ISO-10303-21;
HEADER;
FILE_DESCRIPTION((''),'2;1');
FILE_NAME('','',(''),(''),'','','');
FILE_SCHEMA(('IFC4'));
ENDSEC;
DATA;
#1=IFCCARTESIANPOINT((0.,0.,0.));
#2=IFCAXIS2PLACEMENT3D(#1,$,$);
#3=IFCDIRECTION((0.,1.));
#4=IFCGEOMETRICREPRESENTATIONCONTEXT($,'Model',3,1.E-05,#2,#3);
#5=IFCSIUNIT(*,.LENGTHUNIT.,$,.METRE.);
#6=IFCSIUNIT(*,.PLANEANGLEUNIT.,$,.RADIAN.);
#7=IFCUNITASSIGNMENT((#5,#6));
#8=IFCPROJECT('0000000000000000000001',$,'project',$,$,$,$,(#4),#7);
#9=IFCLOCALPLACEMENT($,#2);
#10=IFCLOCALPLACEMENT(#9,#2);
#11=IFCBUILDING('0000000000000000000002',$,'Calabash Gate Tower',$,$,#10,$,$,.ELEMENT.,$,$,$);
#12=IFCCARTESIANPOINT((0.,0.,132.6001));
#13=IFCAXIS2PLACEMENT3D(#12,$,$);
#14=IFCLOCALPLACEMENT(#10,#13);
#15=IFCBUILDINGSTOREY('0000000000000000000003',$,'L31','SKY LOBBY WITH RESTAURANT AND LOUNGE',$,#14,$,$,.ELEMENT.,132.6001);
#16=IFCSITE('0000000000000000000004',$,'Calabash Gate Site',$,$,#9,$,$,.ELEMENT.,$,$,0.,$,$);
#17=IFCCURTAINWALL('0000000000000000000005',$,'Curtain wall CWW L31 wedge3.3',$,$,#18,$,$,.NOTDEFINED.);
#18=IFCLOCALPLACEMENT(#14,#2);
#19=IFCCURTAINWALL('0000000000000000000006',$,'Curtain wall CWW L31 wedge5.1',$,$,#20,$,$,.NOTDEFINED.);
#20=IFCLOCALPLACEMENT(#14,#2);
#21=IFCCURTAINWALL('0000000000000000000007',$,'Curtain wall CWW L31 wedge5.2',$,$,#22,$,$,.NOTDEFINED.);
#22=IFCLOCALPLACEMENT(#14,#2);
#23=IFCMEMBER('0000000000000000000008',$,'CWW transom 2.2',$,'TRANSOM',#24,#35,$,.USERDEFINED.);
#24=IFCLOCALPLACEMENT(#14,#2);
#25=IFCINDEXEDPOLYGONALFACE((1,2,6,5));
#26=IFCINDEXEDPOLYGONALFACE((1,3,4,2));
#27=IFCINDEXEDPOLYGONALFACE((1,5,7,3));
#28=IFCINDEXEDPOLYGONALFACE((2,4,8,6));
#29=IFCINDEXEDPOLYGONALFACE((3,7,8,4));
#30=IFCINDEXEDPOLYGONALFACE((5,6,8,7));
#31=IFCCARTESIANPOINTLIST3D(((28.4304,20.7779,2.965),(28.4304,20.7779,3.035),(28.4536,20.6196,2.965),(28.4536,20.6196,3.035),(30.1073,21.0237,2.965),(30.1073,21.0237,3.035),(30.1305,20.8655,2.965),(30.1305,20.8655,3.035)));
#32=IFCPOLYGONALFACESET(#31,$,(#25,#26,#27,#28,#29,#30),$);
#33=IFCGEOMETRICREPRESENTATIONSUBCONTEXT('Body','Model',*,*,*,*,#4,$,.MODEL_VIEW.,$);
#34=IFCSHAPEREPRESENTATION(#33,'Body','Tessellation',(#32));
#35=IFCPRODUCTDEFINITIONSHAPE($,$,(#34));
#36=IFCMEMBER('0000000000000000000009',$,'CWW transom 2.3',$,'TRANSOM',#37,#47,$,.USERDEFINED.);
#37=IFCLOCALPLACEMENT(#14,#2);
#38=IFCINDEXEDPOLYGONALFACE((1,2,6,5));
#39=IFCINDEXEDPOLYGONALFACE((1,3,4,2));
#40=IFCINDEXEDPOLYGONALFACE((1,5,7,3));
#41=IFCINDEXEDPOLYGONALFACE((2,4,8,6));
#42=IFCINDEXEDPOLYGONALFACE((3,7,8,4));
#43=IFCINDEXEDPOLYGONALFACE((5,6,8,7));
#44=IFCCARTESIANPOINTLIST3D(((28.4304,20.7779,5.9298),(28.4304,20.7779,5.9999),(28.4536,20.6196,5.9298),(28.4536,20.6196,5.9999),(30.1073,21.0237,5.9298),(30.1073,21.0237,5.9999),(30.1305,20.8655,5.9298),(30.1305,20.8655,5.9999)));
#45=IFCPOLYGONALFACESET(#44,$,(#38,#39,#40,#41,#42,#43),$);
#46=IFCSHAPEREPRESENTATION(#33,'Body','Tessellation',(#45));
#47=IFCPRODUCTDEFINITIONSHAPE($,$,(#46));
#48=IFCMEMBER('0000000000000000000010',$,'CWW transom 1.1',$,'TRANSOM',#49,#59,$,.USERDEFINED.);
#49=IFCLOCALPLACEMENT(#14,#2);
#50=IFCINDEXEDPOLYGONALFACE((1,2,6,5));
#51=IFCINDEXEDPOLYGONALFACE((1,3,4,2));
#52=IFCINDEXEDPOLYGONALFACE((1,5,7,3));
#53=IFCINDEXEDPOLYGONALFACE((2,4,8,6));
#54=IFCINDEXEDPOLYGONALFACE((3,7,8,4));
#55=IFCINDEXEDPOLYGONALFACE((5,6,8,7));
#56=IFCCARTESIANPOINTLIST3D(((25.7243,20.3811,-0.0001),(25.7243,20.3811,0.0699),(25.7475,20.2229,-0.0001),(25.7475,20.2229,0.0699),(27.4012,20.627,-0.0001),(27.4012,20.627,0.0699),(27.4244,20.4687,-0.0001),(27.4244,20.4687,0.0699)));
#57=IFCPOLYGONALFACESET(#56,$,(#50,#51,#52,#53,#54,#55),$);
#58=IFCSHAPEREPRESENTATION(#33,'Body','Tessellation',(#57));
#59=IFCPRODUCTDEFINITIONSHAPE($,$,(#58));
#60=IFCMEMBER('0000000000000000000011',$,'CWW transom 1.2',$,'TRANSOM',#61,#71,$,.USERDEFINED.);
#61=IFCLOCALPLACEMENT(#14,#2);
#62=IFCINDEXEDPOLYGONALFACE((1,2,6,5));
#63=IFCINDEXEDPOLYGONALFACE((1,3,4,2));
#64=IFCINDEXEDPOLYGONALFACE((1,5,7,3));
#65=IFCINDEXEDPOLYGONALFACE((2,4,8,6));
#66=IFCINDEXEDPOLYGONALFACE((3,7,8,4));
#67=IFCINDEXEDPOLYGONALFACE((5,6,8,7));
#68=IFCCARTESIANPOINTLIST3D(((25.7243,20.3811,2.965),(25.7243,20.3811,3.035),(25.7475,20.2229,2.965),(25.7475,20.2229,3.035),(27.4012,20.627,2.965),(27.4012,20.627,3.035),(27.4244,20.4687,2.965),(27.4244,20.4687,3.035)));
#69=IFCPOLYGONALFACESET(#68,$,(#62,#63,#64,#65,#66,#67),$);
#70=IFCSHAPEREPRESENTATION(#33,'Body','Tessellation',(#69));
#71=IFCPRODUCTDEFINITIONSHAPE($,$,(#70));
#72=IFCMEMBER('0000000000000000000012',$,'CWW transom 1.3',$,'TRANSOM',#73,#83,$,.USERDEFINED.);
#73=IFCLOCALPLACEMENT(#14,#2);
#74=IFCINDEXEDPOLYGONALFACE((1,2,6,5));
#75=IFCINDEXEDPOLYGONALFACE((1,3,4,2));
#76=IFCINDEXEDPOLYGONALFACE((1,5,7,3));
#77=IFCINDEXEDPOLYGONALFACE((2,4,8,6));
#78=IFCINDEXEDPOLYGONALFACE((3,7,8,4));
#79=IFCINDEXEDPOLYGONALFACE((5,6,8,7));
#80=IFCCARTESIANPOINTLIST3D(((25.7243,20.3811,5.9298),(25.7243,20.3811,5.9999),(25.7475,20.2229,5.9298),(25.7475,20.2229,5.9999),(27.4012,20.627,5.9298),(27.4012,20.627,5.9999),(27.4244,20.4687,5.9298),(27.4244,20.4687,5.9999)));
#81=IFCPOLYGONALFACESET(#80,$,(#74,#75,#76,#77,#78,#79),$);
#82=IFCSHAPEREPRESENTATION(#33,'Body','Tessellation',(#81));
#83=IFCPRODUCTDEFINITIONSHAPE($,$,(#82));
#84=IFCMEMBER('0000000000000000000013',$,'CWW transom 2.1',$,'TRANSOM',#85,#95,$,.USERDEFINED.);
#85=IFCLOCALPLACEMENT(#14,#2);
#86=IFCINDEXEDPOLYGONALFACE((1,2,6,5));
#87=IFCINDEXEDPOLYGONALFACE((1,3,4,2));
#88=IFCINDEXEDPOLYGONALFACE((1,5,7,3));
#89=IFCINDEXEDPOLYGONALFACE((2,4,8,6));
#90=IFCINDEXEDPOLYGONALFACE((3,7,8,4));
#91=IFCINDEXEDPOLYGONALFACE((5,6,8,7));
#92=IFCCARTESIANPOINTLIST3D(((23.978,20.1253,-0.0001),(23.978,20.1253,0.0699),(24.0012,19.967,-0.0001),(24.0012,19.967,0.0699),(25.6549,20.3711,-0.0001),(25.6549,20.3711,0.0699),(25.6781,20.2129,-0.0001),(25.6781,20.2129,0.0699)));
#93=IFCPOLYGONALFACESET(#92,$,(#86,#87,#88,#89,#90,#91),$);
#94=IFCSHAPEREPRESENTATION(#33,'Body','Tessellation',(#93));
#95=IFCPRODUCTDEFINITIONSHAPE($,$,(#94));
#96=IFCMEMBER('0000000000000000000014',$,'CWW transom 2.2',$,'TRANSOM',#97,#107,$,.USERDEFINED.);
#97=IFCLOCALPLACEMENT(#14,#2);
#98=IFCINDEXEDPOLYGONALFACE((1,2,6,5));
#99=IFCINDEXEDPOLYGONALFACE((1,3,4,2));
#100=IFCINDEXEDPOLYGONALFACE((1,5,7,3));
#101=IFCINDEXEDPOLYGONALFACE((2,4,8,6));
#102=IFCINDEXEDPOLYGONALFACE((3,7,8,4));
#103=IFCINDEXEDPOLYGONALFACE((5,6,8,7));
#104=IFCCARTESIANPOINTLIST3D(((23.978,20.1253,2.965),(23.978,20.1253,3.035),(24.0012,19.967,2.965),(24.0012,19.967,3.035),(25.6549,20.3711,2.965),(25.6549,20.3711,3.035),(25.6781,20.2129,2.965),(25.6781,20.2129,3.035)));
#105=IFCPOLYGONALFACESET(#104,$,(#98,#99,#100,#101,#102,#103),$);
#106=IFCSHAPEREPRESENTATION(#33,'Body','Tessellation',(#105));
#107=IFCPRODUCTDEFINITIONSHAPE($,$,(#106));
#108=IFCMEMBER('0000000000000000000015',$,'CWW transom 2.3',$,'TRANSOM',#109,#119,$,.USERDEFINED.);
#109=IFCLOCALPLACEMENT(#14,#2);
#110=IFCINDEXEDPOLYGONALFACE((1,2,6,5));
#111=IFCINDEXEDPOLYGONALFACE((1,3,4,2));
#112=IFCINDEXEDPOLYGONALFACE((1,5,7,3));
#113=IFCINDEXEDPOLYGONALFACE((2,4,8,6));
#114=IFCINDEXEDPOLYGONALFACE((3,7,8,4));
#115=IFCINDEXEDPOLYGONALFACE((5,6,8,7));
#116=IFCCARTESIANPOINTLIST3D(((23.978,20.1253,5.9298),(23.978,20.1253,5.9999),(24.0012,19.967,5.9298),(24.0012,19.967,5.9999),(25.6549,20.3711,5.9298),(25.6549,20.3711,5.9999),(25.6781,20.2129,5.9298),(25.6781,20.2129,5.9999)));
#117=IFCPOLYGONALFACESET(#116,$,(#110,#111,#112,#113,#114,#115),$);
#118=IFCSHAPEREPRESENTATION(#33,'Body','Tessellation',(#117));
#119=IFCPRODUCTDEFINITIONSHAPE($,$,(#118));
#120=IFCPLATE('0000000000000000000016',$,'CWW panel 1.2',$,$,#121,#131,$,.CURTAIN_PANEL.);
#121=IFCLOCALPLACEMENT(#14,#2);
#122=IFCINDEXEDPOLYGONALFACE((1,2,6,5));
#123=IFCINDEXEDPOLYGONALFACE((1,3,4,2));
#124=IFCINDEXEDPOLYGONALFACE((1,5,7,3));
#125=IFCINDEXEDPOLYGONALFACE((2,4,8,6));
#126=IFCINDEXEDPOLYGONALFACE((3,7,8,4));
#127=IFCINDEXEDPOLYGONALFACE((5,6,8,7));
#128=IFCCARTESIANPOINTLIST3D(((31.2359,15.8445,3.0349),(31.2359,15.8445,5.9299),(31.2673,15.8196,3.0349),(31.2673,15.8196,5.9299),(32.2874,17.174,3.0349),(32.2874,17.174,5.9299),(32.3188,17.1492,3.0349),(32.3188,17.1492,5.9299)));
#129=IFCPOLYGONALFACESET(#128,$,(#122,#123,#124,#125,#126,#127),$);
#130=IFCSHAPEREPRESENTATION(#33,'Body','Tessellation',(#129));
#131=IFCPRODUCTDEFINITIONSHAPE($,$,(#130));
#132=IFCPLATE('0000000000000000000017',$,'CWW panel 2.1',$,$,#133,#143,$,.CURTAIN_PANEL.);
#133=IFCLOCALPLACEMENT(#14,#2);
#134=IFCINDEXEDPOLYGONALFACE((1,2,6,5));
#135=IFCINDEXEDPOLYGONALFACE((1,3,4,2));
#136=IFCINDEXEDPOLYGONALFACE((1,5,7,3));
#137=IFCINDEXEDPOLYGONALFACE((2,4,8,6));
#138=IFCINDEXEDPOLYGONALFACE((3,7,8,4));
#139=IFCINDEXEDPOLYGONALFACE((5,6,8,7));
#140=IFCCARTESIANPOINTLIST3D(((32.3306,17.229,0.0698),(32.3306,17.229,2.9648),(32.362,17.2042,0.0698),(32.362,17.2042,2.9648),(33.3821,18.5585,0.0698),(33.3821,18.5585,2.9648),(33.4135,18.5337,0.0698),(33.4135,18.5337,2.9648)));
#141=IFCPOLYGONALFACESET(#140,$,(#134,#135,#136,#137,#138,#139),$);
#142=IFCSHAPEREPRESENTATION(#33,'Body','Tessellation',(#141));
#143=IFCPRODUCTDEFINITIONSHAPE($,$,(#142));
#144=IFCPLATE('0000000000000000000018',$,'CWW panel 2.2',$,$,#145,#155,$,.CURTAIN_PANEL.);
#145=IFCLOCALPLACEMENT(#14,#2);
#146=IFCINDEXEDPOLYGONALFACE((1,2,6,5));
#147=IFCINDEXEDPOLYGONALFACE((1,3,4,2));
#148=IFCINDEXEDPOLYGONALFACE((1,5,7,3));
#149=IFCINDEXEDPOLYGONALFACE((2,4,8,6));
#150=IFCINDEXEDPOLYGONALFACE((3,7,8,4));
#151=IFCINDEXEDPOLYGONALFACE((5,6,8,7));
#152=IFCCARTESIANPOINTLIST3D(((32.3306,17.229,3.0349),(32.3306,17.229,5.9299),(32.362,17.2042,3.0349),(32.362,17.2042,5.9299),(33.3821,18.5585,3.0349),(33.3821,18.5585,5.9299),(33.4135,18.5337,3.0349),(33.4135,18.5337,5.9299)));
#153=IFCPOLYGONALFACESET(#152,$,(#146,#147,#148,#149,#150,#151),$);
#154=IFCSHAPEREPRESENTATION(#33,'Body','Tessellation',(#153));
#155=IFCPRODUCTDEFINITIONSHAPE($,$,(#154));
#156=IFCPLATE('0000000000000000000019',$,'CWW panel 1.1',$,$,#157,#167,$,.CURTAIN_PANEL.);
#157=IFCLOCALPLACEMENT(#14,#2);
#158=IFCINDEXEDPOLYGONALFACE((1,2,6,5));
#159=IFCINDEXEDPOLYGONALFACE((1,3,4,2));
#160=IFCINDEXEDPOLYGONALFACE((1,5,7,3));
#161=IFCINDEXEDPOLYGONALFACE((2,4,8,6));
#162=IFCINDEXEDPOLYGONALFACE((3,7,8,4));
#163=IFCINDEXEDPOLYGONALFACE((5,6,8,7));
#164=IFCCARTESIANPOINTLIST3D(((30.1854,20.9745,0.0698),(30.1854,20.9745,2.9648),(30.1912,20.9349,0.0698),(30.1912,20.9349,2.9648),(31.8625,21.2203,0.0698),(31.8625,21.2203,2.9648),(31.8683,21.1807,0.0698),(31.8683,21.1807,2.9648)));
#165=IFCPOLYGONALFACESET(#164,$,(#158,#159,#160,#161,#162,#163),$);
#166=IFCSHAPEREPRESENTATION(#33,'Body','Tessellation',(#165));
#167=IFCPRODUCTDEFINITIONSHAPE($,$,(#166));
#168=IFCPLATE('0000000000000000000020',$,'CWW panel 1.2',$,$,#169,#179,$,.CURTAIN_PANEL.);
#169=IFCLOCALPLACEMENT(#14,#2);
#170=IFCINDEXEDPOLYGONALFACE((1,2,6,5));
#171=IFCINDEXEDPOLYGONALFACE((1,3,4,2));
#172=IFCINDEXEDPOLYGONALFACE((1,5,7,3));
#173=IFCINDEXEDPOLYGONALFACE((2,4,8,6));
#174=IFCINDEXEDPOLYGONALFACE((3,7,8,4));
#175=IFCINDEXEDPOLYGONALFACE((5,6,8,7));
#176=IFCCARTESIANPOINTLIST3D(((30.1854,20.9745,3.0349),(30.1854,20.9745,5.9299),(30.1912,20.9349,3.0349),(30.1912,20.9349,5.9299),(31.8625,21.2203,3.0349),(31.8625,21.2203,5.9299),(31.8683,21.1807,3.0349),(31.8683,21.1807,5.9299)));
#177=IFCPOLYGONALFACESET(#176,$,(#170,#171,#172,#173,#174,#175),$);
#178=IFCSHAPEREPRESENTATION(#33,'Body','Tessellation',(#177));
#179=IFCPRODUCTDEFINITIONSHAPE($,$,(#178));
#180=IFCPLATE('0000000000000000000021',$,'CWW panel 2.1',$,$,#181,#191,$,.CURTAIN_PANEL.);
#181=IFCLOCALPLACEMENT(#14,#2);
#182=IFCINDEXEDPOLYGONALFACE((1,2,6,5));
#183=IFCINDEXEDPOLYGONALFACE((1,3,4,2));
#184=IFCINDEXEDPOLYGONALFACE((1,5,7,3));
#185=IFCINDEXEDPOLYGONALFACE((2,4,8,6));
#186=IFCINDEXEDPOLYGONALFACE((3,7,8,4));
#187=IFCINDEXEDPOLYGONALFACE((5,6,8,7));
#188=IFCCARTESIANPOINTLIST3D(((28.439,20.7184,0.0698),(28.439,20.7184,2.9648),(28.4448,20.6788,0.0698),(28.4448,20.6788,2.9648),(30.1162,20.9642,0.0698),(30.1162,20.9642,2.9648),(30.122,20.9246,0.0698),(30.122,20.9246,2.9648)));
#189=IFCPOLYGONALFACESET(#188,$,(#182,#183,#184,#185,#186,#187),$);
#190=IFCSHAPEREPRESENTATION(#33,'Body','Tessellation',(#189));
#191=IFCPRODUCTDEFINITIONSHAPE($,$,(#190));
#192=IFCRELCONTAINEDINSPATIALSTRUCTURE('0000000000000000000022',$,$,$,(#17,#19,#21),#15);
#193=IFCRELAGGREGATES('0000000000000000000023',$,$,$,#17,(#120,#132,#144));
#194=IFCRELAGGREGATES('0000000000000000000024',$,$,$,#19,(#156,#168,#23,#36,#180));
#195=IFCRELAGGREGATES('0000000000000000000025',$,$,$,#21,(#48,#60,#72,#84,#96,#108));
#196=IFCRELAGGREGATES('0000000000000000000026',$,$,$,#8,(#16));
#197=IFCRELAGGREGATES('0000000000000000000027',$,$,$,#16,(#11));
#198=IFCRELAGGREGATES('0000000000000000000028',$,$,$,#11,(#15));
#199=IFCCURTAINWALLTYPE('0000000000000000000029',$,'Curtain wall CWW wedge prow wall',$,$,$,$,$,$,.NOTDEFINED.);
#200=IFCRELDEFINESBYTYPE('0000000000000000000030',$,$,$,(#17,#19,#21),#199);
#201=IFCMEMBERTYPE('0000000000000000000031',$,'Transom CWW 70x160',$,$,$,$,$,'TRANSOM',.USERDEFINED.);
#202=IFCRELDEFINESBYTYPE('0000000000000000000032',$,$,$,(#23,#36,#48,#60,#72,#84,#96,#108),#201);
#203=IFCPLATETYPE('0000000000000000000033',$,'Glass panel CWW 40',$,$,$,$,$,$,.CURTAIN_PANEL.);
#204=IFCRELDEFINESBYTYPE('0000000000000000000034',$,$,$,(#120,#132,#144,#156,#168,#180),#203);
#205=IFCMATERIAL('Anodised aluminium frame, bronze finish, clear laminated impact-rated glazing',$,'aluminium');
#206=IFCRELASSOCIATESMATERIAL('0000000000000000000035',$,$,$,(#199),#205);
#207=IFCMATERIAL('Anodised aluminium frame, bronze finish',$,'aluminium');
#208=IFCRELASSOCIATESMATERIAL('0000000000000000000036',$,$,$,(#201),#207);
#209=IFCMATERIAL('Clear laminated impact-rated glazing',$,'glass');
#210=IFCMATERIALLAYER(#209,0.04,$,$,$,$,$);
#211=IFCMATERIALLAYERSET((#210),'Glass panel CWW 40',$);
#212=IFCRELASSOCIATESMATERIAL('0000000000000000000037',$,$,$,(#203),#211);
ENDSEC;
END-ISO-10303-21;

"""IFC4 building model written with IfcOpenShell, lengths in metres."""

from ifc_helpers import new_model, si_unit, direction, frame, origin, origin_2d, place, context, subcontext, project, spatial, rectangle, extrude, material, layer, layer_set, material_profile, profile_set, type_object, element, aggregate, save


model = new_model("IFC4")

# Units and contexts
model_context = context("Model", 3, precision=1e-05, world=origin(), true_north=direction((0.0, 1.0)))
body_context = subcontext(model_context, "Body", "Model", "MODEL_VIEW")
ifc_project = project(units=[si_unit("LENGTHUNIT", "METRE"), si_unit("PLANEANGLEUNIT", "RADIAN")], contexts=[model_context])

# Site, building, storey
site_placement = place(None, origin())
site = spatial("IfcSite", under=ifc_project, at=site_placement, Name="Calabash Gate Site", CompositionType="ELEMENT", RefElevation=0.0)
building_placement = place(site_placement, origin())
building = spatial("IfcBuilding", under=site, at=building_placement, Name="Calabash Gate Tower", CompositionType="ELEMENT")
storey_placement = place(building_placement, frame((0.0, 0.0, 132.6001)))
storey = spatial("IfcBuildingStorey", under=building, at=storey_placement, Name="L31", Description="SKY LOBBY WITH RESTAURANT AND LOUNGE", CompositionType="ELEMENT", Elevation=132.6001)

# Curtain walls
ifc_material_1 = material(Name="Anodised aluminium frame, bronze finish, clear laminated impact-rated glazing", Category="aluminium")
curtain_wall_type = type_object("IfcCurtainWallType", Name="Curtain wall CWW wedge prow wall", PredefinedType="NOTDEFINED", material=ifc_material_1)
curtain_wall_1_placement = place(storey_placement, origin())
curtain_wall_1 = element("IfcCurtainWall", 1, at=curtain_wall_1_placement, inside=storey, type_object=curtain_wall_type, Name="Curtain wall CWW L31 wedge3.3", PredefinedType="NOTDEFINED")
curtain_wall_2_placement = place(storey_placement, origin())
curtain_wall_2 = element("IfcCurtainWall", 2, at=curtain_wall_2_placement, inside=storey, type_object=curtain_wall_type, Name="Curtain wall CWW L31 wedge5.1", PredefinedType="NOTDEFINED")
curtain_wall_3_placement = place(storey_placement, origin())
curtain_wall_3 = element("IfcCurtainWall", 3, at=curtain_wall_3_placement, inside=storey, type_object=curtain_wall_type, Name="Curtain wall CWW L31 wedge5.2", PredefinedType="NOTDEFINED")

# Members
ifc_material_2 = material(Name="Anodised aluminium frame, bronze finish", Category="aluminium")
ifc_material_profile_1 = material_profile(ifc_material_2, rectangle(XDim=0.1599, YDim=0.0701, at=origin_2d()))
ifc_profile_set_1 = profile_set([ifc_material_profile_1], Name="Anodised aluminium frame, bronze finish")
member_type_1 = type_object("IfcMemberType", Name="Transom CWW 70x160", ElementType="TRANSOM", PredefinedType="USERDEFINED", material=ifc_profile_set_1)
member_1_placement = place(storey_placement, frame((30.1189, 20.9446, 3.0), z_axis=(-0.989424, -0.14505, 0.0), x_axis=(0.14505, -0.989424, 0.0)))
member_1 = element("IfcMember", 4, at=member_1_placement, type_object=member_type_1, Name="CWW transom 2.2", ObjectType="TRANSOM", PredefinedType="USERDEFINED", context=body_context, shape_type="SweptSolid", body=[
    extrude(rectangle(XDim=0.1599, YDim=0.0701, at=origin_2d()), origin(), (0.0, 0.0, 1.0), 1.6948),
])
member_2_placement = place(storey_placement, frame((30.1189, 20.9446, 5.9648), z_axis=(-0.989424, -0.14505, 0.0), x_axis=(0.14505, -0.989424, 0.0)))
member_2 = element("IfcMember", 5, at=member_2_placement, type_object=member_type_1, Name="CWW transom 2.3", ObjectType="TRANSOM", PredefinedType="USERDEFINED", context=body_context, shape_type="SweptSolid", body=[
    extrude(rectangle(XDim=0.1599, YDim=0.0701, at=origin_2d()), origin(), (0.0, 0.0, 1.0), 1.6948),
])
member_3_placement = place(storey_placement, frame((27.4128, 20.5479, 0.0349), z_axis=(-0.989424, -0.14505, 0.0), x_axis=(0.14505, -0.989424, 0.0)))
member_3 = element("IfcMember", 6, at=member_3_placement, type_object=member_type_1, Name="CWW transom 1.1", ObjectType="TRANSOM", PredefinedType="USERDEFINED", context=body_context, shape_type="SweptSolid", body=[
    extrude(rectangle(XDim=0.1599, YDim=0.0701, at=origin_2d()), origin(), (0.0, 0.0, 1.0), 1.6948),
])
member_4_placement = place(storey_placement, frame((27.4128, 20.5479, 3.0), z_axis=(-0.989424, -0.14505, 0.0), x_axis=(0.14505, -0.989424, 0.0)))
member_4 = element("IfcMember", 7, at=member_4_placement, type_object=member_type_1, Name="CWW transom 1.2", ObjectType="TRANSOM", PredefinedType="USERDEFINED", context=body_context, shape_type="SweptSolid", body=[
    extrude(rectangle(XDim=0.1599, YDim=0.0701, at=origin_2d()), origin(), (0.0, 0.0, 1.0), 1.6948),
])
member_5_placement = place(storey_placement, frame((27.4128, 20.5479, 5.9648), z_axis=(-0.989424, -0.14505, 0.0), x_axis=(0.14505, -0.989424, 0.0)))
member_5 = element("IfcMember", 8, at=member_5_placement, type_object=member_type_1, Name="CWW transom 1.3", ObjectType="TRANSOM", PredefinedType="USERDEFINED", context=body_context, shape_type="SweptSolid", body=[
    extrude(rectangle(XDim=0.1599, YDim=0.0701, at=origin_2d()), origin(), (0.0, 0.0, 1.0), 1.6948),
])
member_6_placement = place(storey_placement, frame((25.6665, 20.292, 0.0349), z_axis=(-0.989424, -0.14505, 0.0), x_axis=(0.14505, -0.989424, 0.0)))
member_6 = element("IfcMember", 9, at=member_6_placement, type_object=member_type_1, Name="CWW transom 2.1", ObjectType="TRANSOM", PredefinedType="USERDEFINED", context=body_context, shape_type="SweptSolid", body=[
    extrude(rectangle(XDim=0.1599, YDim=0.0701, at=origin_2d()), origin(), (0.0, 0.0, 1.0), 1.6948),
])
member_7_placement = place(storey_placement, frame((25.6665, 20.292, 3.0), z_axis=(-0.989424, -0.14505, 0.0), x_axis=(0.14505, -0.989424, 0.0)))
member_7 = element("IfcMember", 10, at=member_7_placement, type_object=member_type_1, Name="CWW transom 2.2", ObjectType="TRANSOM", PredefinedType="USERDEFINED", context=body_context, shape_type="SweptSolid", body=[
    extrude(rectangle(XDim=0.1599, YDim=0.0701, at=origin_2d()), origin(), (0.0, 0.0, 1.0), 1.6948),
])
member_8_placement = place(storey_placement, frame((25.6665, 20.292, 5.9648), z_axis=(-0.989424, -0.14505, 0.0), x_axis=(0.14505, -0.989424, 0.0)))
member_8 = element("IfcMember", 11, at=member_8_placement, type_object=member_type_1, Name="CWW transom 2.3", ObjectType="TRANSOM", PredefinedType="USERDEFINED", context=body_context, shape_type="SweptSolid", body=[
    extrude(rectangle(XDim=0.1599, YDim=0.0701, at=origin_2d()), origin(), (0.0, 0.0, 1.0), 1.6948),
])

# Plates
ifc_material_3 = material(Name="Clear laminated impact-rated glazing", Category="glass")
ifc_layer_1 = layer(ifc_material_3, 0.04)
ifc_layer_set_1 = layer_set([ifc_layer_1], Name="Glass panel CWW 40")
plate_type = type_object("IfcPlateType", Name="Glass panel CWW 40", PredefinedType="CURTAIN_PANEL", material=ifc_layer_set_1)
plate_1_placement = place(storey_placement, frame((31.7773, 16.4968, 3.0349), z_axis=(0.0, 0.0, 1.0), x_axis=(0.620301, 0.784364, 0.0)))
plate_1 = element("IfcPlate", 12, at=plate_1_placement, type_object=plate_type, Name="CWW panel 1.2", PredefinedType="CURTAIN_PANEL", context=body_context, shape_type="SweptSolid", body=[
    extrude(rectangle(XDim=1.6951, YDim=0.04, at=origin_2d()), origin(), (0.0, 0.0, 1.0), 2.895),
])
plate_2_placement = place(storey_placement, frame((32.8721, 17.8813, 0.0698), z_axis=(0.0, 0.0, 1.0), x_axis=(0.620301, 0.784364, 0.0)))
plate_2 = element("IfcPlate", 13, at=plate_2_placement, type_object=plate_type, Name="CWW panel 2.1", PredefinedType="CURTAIN_PANEL", context=body_context, shape_type="SweptSolid", body=[
    extrude(rectangle(XDim=1.6951, YDim=0.04, at=origin_2d()), origin(), (0.0, 0.0, 1.0), 2.895),
])
plate_3_placement = place(storey_placement, frame((32.8721, 17.8813, 3.0349), z_axis=(0.0, 0.0, 1.0), x_axis=(0.620301, 0.784364, 0.0)))
plate_3 = element("IfcPlate", 14, at=plate_3_placement, type_object=plate_type, Name="CWW panel 2.2", PredefinedType="CURTAIN_PANEL", context=body_context, shape_type="SweptSolid", body=[
    extrude(rectangle(XDim=1.6951, YDim=0.04, at=origin_2d()), origin(), (0.0, 0.0, 1.0), 2.895),
])
aggregate(curtain_wall_1, [plate_1, plate_2, plate_3])
plate_4_placement = place(storey_placement, frame((31.0269, 21.0776, 0.0698), z_axis=(0.0, 0.0, 1.0), x_axis=(-0.989429, -0.145015, 0.0)))
plate_4 = element("IfcPlate", 15, at=plate_4_placement, type_object=plate_type, Name="CWW panel 1.1", PredefinedType="CURTAIN_PANEL", context=body_context, shape_type="SweptSolid", body=[
    extrude(rectangle(XDim=1.6951, YDim=0.04, at=origin_2d()), origin(), (0.0, 0.0, 1.0), 2.895),
])
plate_5_placement = place(storey_placement, frame((31.0269, 21.0776, 3.0349), z_axis=(0.0, 0.0, 1.0), x_axis=(-0.989429, -0.145015, 0.0)))
plate_5 = element("IfcPlate", 16, at=plate_5_placement, type_object=plate_type, Name="CWW panel 1.2", PredefinedType="CURTAIN_PANEL", context=body_context, shape_type="SweptSolid", body=[
    extrude(rectangle(XDim=1.6951, YDim=0.04, at=origin_2d()), origin(), (0.0, 0.0, 1.0), 2.895),
])
plate_6_placement = place(storey_placement, frame((29.2805, 20.8215, 0.0698), z_axis=(0.0, 0.0, 1.0), x_axis=(-0.989429, -0.145015, 0.0)))
plate_6 = element("IfcPlate", 17, at=plate_6_placement, type_object=plate_type, Name="CWW panel 2.1", PredefinedType="CURTAIN_PANEL", context=body_context, shape_type="SweptSolid", body=[
    extrude(rectangle(XDim=1.6951, YDim=0.04, at=origin_2d()), origin(), (0.0, 0.0, 1.0), 2.895),
])
aggregate(curtain_wall_2, [plate_4, plate_5, member_1, member_2, plate_6])
aggregate(curtain_wall_3, [member_3, member_4, member_5, member_6, member_7, member_8])

save(model, "model.ifc")
